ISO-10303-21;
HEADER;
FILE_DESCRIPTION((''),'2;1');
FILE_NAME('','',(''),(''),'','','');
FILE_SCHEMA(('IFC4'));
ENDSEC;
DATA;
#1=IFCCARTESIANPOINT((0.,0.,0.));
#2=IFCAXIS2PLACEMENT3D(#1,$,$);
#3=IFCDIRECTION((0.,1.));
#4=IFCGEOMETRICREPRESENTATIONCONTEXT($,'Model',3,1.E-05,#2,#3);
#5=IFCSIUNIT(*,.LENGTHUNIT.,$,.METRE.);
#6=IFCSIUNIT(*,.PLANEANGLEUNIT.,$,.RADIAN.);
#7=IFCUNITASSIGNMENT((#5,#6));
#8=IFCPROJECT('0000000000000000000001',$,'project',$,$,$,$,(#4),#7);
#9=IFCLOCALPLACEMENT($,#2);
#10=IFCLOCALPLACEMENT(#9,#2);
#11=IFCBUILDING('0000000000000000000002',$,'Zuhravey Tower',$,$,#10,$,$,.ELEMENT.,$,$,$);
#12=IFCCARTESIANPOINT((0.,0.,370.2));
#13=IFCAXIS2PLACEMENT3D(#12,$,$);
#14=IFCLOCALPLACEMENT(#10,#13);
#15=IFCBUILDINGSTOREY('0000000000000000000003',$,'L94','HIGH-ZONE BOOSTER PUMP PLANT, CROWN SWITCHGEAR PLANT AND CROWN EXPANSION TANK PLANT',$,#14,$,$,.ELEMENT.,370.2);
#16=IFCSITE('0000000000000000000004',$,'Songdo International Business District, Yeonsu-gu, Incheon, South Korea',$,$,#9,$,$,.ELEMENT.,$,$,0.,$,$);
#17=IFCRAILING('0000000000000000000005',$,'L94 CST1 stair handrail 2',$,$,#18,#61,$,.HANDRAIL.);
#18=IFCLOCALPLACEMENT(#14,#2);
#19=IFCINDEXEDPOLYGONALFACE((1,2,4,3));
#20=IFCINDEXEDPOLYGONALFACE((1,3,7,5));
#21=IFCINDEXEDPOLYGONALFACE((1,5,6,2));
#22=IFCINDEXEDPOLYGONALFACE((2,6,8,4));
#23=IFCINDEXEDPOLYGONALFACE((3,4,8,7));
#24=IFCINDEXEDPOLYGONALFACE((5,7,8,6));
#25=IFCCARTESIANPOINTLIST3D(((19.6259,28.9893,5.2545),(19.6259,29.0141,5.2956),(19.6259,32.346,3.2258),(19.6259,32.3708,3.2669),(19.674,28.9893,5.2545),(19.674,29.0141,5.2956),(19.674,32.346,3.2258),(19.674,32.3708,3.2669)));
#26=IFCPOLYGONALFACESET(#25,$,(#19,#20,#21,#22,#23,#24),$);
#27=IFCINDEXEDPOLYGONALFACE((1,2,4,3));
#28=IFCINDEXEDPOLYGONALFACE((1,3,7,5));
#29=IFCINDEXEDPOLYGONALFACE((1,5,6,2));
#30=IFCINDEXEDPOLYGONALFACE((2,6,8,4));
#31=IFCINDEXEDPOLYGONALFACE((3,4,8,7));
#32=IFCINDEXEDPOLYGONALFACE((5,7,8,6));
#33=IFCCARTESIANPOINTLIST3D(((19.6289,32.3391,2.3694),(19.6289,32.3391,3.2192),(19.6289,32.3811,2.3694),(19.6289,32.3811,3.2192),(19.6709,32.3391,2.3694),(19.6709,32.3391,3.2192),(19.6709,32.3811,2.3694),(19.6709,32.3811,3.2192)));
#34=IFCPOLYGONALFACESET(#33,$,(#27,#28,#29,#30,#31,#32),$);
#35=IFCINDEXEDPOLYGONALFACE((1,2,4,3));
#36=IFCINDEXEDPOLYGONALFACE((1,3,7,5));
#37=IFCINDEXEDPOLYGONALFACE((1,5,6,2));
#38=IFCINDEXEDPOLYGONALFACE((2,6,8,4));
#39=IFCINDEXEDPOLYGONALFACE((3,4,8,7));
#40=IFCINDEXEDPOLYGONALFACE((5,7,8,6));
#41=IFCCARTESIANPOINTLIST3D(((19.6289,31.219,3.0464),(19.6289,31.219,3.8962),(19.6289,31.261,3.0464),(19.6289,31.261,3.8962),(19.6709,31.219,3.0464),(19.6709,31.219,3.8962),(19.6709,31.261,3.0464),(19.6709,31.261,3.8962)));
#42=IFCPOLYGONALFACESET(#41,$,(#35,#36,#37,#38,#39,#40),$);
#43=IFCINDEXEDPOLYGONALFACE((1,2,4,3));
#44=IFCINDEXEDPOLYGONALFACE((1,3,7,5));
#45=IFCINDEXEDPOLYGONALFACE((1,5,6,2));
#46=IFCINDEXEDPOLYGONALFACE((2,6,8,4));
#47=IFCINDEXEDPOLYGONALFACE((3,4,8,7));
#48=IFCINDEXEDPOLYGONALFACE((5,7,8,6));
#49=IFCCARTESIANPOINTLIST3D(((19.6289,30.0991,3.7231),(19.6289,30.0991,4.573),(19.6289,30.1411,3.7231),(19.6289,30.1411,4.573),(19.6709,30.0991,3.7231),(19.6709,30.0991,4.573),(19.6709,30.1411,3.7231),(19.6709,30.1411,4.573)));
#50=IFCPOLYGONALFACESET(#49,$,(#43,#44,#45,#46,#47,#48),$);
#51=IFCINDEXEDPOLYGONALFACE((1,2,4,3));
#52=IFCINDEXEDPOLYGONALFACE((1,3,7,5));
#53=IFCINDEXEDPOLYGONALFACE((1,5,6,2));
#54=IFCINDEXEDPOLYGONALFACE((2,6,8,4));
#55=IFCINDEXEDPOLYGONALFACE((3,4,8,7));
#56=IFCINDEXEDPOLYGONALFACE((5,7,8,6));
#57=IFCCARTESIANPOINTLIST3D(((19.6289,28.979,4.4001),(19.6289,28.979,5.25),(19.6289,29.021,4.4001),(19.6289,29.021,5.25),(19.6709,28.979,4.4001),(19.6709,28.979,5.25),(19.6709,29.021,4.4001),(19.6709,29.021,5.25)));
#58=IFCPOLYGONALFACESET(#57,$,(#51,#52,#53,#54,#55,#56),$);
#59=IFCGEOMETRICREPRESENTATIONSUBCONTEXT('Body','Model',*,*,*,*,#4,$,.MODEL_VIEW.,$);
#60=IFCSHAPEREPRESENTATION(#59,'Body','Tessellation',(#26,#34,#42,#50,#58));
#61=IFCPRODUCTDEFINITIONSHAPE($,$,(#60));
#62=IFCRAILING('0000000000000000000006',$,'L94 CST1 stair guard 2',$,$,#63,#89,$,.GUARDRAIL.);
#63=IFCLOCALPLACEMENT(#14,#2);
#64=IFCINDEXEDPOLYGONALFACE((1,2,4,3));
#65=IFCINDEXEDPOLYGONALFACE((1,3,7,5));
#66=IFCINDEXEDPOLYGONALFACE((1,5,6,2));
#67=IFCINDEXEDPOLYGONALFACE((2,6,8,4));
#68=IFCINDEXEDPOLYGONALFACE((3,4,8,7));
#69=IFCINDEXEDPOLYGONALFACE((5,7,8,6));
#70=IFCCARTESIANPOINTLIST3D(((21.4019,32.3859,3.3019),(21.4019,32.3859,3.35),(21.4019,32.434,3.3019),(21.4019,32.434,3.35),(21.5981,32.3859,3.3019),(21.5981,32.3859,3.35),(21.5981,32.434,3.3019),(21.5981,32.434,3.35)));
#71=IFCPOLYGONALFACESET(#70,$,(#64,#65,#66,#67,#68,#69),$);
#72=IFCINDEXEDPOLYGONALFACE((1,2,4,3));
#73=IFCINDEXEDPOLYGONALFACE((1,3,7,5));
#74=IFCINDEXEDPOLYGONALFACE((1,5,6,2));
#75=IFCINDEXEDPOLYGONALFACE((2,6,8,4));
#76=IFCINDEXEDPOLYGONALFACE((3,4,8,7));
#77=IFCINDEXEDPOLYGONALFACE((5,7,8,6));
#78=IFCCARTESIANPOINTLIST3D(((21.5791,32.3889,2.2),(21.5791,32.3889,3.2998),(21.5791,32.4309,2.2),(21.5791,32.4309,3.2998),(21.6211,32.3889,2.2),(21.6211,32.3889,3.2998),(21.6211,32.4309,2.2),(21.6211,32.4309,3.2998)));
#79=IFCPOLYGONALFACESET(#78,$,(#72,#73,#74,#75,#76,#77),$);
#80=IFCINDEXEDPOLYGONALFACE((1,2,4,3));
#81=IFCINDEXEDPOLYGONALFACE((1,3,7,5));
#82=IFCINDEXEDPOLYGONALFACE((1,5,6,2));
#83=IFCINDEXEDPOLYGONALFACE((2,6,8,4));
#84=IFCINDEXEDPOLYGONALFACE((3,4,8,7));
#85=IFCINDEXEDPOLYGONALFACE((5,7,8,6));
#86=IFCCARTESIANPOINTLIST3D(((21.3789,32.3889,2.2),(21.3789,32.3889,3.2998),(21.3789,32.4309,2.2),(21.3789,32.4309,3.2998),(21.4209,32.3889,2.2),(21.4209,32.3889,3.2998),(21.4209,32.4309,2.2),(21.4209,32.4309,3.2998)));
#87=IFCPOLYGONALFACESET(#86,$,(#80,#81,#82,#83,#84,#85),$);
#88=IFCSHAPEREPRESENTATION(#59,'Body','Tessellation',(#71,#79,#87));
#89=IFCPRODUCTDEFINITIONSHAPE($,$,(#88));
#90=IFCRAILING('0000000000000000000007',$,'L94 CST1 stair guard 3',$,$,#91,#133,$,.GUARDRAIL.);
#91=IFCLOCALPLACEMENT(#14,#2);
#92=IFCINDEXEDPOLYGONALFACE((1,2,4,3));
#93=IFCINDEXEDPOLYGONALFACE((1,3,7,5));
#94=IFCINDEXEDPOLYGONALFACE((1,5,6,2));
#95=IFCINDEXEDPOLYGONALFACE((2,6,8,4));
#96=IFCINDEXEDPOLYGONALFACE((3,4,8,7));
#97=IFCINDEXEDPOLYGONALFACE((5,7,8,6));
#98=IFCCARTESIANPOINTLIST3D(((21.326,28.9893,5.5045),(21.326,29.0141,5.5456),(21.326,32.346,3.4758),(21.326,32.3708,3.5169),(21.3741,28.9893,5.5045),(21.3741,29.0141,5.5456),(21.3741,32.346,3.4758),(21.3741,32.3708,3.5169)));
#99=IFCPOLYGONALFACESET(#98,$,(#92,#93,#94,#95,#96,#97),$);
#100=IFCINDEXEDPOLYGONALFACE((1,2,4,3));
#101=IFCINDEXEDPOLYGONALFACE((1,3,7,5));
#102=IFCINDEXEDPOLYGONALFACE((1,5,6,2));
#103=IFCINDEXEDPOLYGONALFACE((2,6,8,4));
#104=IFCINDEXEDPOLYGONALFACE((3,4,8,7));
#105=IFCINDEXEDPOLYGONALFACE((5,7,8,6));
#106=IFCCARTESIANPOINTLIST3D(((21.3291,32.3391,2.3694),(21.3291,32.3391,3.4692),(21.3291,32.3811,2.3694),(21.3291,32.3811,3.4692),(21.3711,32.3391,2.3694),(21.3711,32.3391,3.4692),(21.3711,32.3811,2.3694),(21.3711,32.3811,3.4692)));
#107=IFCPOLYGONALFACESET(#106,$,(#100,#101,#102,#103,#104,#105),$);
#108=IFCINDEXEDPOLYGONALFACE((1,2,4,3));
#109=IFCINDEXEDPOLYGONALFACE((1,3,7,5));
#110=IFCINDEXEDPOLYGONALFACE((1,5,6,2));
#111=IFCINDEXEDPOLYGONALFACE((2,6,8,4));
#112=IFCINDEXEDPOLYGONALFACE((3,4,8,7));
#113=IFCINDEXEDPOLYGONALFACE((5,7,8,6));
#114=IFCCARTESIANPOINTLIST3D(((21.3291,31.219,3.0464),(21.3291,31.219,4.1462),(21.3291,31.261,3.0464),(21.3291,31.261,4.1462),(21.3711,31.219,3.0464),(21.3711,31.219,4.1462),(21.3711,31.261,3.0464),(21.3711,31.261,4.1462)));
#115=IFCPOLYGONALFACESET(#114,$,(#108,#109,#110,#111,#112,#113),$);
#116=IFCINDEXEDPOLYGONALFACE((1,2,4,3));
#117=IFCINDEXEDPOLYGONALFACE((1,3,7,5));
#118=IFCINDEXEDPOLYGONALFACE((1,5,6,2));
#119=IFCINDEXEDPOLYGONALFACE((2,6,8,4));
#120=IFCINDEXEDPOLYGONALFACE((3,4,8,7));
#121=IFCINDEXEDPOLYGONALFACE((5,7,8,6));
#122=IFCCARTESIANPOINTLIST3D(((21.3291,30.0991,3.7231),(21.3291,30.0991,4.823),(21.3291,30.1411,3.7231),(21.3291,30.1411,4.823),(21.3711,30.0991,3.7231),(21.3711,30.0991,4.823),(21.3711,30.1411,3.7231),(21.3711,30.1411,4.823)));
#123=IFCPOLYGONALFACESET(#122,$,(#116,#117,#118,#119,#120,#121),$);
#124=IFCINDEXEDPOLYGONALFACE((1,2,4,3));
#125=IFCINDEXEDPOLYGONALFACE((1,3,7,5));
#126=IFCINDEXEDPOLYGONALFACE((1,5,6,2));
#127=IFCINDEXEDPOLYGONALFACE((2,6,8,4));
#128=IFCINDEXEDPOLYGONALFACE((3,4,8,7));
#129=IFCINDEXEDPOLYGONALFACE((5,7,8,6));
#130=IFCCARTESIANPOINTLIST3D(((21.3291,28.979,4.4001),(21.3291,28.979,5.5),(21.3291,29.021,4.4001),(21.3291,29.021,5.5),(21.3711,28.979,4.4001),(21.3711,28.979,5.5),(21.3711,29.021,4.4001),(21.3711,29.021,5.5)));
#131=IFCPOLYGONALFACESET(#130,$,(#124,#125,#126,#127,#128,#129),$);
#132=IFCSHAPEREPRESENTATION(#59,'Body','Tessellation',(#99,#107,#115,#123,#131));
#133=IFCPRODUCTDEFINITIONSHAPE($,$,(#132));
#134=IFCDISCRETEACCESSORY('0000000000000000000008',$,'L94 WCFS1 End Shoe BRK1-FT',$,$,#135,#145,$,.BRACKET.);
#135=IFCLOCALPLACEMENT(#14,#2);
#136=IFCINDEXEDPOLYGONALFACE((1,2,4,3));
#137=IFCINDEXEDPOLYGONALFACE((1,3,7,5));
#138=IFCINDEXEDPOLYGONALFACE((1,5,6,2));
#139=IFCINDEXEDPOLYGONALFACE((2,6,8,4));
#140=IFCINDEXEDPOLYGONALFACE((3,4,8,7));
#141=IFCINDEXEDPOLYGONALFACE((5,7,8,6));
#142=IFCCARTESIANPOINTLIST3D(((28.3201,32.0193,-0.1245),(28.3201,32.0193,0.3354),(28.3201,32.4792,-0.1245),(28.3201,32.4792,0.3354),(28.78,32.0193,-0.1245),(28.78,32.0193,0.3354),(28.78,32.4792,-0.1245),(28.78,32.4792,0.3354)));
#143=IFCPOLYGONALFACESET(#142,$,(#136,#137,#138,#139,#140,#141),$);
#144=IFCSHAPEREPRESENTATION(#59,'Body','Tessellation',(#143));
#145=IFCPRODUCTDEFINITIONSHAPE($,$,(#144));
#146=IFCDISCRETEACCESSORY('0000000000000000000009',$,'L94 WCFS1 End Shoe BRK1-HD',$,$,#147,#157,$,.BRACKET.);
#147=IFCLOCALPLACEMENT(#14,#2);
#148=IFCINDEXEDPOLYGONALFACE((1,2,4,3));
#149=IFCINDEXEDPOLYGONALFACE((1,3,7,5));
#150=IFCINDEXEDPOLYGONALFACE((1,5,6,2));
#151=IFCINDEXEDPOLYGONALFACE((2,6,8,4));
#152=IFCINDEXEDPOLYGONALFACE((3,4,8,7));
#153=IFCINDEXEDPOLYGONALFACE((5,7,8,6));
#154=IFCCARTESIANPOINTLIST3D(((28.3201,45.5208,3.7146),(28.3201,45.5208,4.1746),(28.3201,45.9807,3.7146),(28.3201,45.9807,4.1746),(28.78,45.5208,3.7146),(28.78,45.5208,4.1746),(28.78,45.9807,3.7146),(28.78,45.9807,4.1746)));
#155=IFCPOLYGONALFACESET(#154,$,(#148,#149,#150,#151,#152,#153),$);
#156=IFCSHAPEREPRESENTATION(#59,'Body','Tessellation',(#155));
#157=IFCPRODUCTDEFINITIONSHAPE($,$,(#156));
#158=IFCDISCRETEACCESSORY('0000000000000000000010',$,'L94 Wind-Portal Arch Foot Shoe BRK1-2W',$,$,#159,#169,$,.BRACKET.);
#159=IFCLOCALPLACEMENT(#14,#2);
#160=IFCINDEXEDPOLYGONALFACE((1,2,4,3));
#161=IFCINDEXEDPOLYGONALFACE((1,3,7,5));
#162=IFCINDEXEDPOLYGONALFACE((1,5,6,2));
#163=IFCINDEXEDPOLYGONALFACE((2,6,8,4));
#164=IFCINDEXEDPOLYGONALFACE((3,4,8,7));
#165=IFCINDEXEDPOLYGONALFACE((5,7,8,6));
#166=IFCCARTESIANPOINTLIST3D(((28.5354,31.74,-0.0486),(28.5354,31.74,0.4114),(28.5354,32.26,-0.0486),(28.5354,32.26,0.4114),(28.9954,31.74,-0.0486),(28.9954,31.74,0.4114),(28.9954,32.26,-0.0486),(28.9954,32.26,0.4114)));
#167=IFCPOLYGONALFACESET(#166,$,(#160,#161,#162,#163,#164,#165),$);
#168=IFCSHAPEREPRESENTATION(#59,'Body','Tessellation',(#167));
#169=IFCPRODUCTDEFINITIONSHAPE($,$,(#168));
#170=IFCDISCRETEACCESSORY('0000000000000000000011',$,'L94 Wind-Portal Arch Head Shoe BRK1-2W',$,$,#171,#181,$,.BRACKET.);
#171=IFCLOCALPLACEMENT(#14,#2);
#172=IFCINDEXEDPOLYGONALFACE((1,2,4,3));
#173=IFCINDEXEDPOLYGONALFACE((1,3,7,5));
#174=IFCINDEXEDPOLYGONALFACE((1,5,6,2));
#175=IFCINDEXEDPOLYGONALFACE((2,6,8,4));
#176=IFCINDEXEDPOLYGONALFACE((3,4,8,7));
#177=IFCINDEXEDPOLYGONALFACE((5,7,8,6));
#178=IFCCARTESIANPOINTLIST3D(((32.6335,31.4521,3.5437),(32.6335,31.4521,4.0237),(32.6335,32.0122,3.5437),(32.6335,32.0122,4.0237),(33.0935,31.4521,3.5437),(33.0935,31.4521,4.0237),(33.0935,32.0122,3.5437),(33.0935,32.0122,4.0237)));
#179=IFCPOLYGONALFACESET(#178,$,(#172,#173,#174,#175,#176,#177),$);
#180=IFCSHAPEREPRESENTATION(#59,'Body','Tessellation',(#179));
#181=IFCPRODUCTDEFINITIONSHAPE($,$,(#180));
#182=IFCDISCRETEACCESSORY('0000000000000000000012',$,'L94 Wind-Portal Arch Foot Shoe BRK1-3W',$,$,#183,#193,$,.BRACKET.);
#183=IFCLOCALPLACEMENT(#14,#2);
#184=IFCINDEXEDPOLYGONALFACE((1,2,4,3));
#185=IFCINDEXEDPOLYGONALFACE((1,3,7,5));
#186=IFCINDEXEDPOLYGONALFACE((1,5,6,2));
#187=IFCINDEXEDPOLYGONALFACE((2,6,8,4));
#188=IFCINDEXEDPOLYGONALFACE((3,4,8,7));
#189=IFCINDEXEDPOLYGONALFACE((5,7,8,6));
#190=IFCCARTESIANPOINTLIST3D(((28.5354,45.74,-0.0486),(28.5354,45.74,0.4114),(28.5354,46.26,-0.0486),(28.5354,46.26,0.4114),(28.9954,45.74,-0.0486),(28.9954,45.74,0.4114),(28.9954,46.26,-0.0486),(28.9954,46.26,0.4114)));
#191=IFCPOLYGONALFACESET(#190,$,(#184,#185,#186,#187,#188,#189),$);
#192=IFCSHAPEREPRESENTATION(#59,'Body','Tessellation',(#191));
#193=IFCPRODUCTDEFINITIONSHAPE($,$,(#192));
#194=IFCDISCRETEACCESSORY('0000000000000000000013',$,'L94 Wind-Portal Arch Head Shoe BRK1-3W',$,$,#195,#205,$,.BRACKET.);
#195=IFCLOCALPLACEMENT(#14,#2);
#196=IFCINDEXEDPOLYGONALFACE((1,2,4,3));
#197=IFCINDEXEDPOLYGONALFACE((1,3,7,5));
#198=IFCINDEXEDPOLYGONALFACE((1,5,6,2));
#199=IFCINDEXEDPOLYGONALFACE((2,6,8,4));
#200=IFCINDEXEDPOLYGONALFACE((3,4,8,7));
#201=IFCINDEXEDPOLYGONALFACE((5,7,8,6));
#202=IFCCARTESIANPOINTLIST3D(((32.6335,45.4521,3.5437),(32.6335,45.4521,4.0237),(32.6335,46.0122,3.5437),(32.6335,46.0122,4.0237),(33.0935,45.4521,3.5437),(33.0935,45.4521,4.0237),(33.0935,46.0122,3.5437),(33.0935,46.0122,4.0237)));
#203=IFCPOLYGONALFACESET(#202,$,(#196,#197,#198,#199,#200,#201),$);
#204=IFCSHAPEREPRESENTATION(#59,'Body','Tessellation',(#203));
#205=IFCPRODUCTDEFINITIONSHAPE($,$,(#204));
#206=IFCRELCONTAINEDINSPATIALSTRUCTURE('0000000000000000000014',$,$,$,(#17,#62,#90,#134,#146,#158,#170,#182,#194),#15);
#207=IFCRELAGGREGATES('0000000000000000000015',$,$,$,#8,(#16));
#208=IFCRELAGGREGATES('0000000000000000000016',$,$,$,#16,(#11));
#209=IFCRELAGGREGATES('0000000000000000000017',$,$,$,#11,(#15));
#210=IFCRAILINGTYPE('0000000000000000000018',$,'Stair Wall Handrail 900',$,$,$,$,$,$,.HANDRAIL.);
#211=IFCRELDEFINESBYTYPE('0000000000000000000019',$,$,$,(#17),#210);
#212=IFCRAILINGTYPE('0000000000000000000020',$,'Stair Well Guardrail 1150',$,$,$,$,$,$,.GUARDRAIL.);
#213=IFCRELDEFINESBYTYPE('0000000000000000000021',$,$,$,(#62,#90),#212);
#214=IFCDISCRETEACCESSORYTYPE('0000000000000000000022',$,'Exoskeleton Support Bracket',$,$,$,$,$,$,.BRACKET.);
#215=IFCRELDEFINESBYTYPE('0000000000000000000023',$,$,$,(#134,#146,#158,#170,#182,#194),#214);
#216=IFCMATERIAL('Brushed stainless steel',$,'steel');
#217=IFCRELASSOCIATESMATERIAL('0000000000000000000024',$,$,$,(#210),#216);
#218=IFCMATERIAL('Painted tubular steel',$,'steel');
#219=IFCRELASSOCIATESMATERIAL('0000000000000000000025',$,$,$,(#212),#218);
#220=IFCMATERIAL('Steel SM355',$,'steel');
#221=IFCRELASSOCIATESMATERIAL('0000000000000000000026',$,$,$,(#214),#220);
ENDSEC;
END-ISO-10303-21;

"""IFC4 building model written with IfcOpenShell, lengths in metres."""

from ifc_helpers import new_model, si_unit, direction, frame, origin, origin_2d, place, context, subcontext, project, spatial, rectangle, extrude, material, type_object, element, save


model = new_model("IFC4")

# Units and contexts
model_context = context("Model", 3, precision=1e-05, world=origin(), true_north=direction((0.0, 1.0)))
body_context = subcontext(model_context, "Body", "Model", "MODEL_VIEW")
ifc_project = project(units=[si_unit("LENGTHUNIT", "METRE"), si_unit("PLANEANGLEUNIT", "RADIAN")], contexts=[model_context])

# Site, building, storey
site_placement = place(None, origin())
site = spatial("IfcSite", under=ifc_project, at=site_placement, Name="Songdo International Business District, Yeonsu-gu, Incheon, South Korea", CompositionType="ELEMENT", RefElevation=0.0)
building_placement = place(site_placement, origin())
building = spatial("IfcBuilding", under=site, at=building_placement, Name="Zuhravey Tower", CompositionType="ELEMENT")
storey_placement = place(building_placement, frame((0.0, 0.0, 370.2)))
storey = spatial("IfcBuildingStorey", under=building, at=storey_placement, Name="L94", Description="HIGH-ZONE BOOSTER PUMP PLANT, CROWN SWITCHGEAR PLANT AND CROWN EXPANSION TANK PLANT", CompositionType="ELEMENT", Elevation=370.2)

# Shared definitions
ifc_material_1 = material(Name="Steel SM355", Category="steel")

# Railings
ifc_material_2 = material(Name="Brushed stainless steel", Category="steel")
railing_type_1 = type_object("IfcRailingType", Name="Stair Wall Handrail 900", PredefinedType="HANDRAIL", material=ifc_material_2)
railing_1_placement = place(storey_placement, frame((19.6499, 32.3601, 2.3694)))
element("IfcRailing", 1, at=railing_1_placement, inside=storey, type_object=railing_type_1, Name="L94 CST1 stair handrail 2", PredefinedType="HANDRAIL", context=body_context, shape_type="SweptSolid", body=[
    extrude(rectangle(XDim=0.0481, YDim=0.0481, at=origin_2d()), frame((0.0, -0.0017, 0.877), z_axis=(0.0, -0.855837, 0.517246), x_axis=(1.0, 0.0, 0.0)), (0.0, 0.0, 1.0), 3.9221),
    extrude(rectangle(XDim=0.042, YDim=0.042, at=origin_2d()), origin(), (0.0, 0.0, 1.0), 0.8499),
    extrude(rectangle(XDim=0.042, YDim=0.042, at=origin_2d()), frame((0.0, -1.1201, 0.677)), (0.0, 0.0, 1.0), 0.8499),
    extrude(rectangle(XDim=0.042, YDim=0.042, at=origin_2d()), frame((0.0, -2.24, 1.3538)), (0.0, 0.0, 1.0), 0.8499),
    extrude(rectangle(XDim=0.042, YDim=0.042, at=origin_2d()), frame((0.0, -3.3601, 2.0308)), (0.0, 0.0, 1.0), 0.8499),
])
ifc_material_3 = material(Name="Painted tubular steel", Category="steel")
railing_type_2 = type_object("IfcRailingType", Name="Stair Well Guardrail 1150", PredefinedType="GUARDRAIL", material=ifc_material_3)
railing_2_placement = place(storey_placement, frame((21.6001, 32.4099, 2.2)))
element("IfcRailing", 2, at=railing_2_placement, inside=storey, type_object=railing_type_2, Name="L94 CST1 stair guard 2", PredefinedType="GUARDRAIL", context=body_context, shape_type="SweptSolid", body=[
    extrude(rectangle(XDim=0.0481, YDim=0.0481, at=origin_2d()), frame((-0.002, 0.0, 1.126), z_axis=(-1.0, 0.0, 0.0), x_axis=(0.0, -1.0, 0.0)), (0.0, 0.0, 1.0), 0.1963),
    extrude(rectangle(XDim=0.042, YDim=0.042, at=origin_2d()), origin(), (0.0, 0.0, 1.0), 1.0999),
    extrude(rectangle(XDim=0.042, YDim=0.042, at=origin_2d()), frame((-0.2002, 0.0, 0.0)), (0.0, 0.0, 1.0), 1.0999),
])
railing_3_placement = place(storey_placement, frame((21.3501, 32.3601, 2.3694)))
element("IfcRailing", 3, at=railing_3_placement, inside=storey, type_object=railing_type_2, Name="L94 CST1 stair guard 3", PredefinedType="GUARDRAIL", context=body_context, shape_type="SweptSolid", body=[
    extrude(rectangle(XDim=0.0481, YDim=0.0481, at=origin_2d()), frame((0.0, -0.0017, 1.127), z_axis=(0.0, -0.855837, 0.517246), x_axis=(1.0, 0.0, 0.0)), (0.0, 0.0, 1.0), 3.9221),
    extrude(rectangle(XDim=0.042, YDim=0.042, at=origin_2d()), origin(), (0.0, 0.0, 1.0), 1.0999),
    extrude(rectangle(XDim=0.042, YDim=0.042, at=origin_2d()), frame((0.0, -1.1201, 0.677)), (0.0, 0.0, 1.0), 1.0999),
    extrude(rectangle(XDim=0.042, YDim=0.042, at=origin_2d()), frame((0.0, -2.24, 1.3538)), (0.0, 0.0, 1.0), 1.0999),
    extrude(rectangle(XDim=0.042, YDim=0.042, at=origin_2d()), frame((0.0, -3.3601, 2.0308)), (0.0, 0.0, 1.0), 1.0999),
])

# Discrete accessories
discrete_accessory_type = type_object("IfcDiscreteAccessoryType", Name="Exoskeleton Support Bracket", PredefinedType="BRACKET", material=ifc_material_1)
for number, where, z_axis, x_axis, name in (
    (4, (28.55, 32.2493, -0.1245), (0.0, 0.0, 1.0), (1.0, 0.0, 0.0), "L94 WCFS1 End Shoe BRK1-FT"),
    (5, (28.55, 45.7507, 3.7146), (0.0, 0.0, 1.0), (1.0, 0.0, 0.0), "L94 WCFS1 End Shoe BRK1-HD"),
):
    element("IfcDiscreteAccessory", number, at=place(storey_placement, frame(where, z_axis=z_axis, x_axis=x_axis)), inside=storey, type_object=discrete_accessory_type, Name=name, PredefinedType="BRACKET", context=body_context, shape_type="SweptSolid", body=[
        extrude(rectangle(XDim=0.46, YDim=0.46, at=origin_2d()), origin(), (0.0, 0.0, 1.0), 0.46),
    ])
discrete_accessory_1_placement = place(storey_placement, frame((28.7654, 32.0, -0.0486), z_axis=(0.0, 0.0, 1.0), x_axis=(1.0, 0.0, 0.0)))
element("IfcDiscreteAccessory", 6, at=discrete_accessory_1_placement, inside=storey, type_object=discrete_accessory_type, Name="L94 Wind-Portal Arch Foot Shoe BRK1-2W", PredefinedType="BRACKET", context=body_context, shape_type="SweptSolid", body=[
    extrude(rectangle(XDim=0.46, YDim=0.52, at=origin_2d()), origin(), (0.0, 0.0, 1.0), 0.46),
])
discrete_accessory_2_placement = place(storey_placement, frame((32.8635, 31.7322, 3.5437), z_axis=(0.0, 0.0, 1.0), x_axis=(1.0, 0.0, 0.0)))
element("IfcDiscreteAccessory", 7, at=discrete_accessory_2_placement, inside=storey, type_object=discrete_accessory_type, Name="L94 Wind-Portal Arch Head Shoe BRK1-2W", PredefinedType="BRACKET", context=body_context, shape_type="SweptSolid", body=[
    extrude(rectangle(XDim=0.46, YDim=0.5601, at=origin_2d()), origin(), (0.0, 0.0, 1.0), 0.48),
])
discrete_accessory_3_placement = place(storey_placement, frame((28.7654, 46.0, -0.0486), z_axis=(0.0, 0.0, 1.0), x_axis=(1.0, 0.0, 0.0)))
element("IfcDiscreteAccessory", 8, at=discrete_accessory_3_placement, inside=storey, type_object=discrete_accessory_type, Name="L94 Wind-Portal Arch Foot Shoe BRK1-3W", PredefinedType="BRACKET", context=body_context, shape_type="SweptSolid", body=[
    extrude(rectangle(XDim=0.46, YDim=0.52, at=origin_2d()), origin(), (0.0, 0.0, 1.0), 0.46),
])
discrete_accessory_4_placement = place(storey_placement, frame((32.8635, 45.7322, 3.5437), z_axis=(0.0, 0.0, 1.0), x_axis=(1.0, 0.0, 0.0)))
element("IfcDiscreteAccessory", 9, at=discrete_accessory_4_placement, inside=storey, type_object=discrete_accessory_type, Name="L94 Wind-Portal Arch Head Shoe BRK1-3W", PredefinedType="BRACKET", context=body_context, shape_type="SweptSolid", body=[
    extrude(rectangle(XDim=0.46, YDim=0.5601, at=origin_2d()), origin(), (0.0, 0.0, 1.0), 0.48),
])

save(model, "model.ifc")
